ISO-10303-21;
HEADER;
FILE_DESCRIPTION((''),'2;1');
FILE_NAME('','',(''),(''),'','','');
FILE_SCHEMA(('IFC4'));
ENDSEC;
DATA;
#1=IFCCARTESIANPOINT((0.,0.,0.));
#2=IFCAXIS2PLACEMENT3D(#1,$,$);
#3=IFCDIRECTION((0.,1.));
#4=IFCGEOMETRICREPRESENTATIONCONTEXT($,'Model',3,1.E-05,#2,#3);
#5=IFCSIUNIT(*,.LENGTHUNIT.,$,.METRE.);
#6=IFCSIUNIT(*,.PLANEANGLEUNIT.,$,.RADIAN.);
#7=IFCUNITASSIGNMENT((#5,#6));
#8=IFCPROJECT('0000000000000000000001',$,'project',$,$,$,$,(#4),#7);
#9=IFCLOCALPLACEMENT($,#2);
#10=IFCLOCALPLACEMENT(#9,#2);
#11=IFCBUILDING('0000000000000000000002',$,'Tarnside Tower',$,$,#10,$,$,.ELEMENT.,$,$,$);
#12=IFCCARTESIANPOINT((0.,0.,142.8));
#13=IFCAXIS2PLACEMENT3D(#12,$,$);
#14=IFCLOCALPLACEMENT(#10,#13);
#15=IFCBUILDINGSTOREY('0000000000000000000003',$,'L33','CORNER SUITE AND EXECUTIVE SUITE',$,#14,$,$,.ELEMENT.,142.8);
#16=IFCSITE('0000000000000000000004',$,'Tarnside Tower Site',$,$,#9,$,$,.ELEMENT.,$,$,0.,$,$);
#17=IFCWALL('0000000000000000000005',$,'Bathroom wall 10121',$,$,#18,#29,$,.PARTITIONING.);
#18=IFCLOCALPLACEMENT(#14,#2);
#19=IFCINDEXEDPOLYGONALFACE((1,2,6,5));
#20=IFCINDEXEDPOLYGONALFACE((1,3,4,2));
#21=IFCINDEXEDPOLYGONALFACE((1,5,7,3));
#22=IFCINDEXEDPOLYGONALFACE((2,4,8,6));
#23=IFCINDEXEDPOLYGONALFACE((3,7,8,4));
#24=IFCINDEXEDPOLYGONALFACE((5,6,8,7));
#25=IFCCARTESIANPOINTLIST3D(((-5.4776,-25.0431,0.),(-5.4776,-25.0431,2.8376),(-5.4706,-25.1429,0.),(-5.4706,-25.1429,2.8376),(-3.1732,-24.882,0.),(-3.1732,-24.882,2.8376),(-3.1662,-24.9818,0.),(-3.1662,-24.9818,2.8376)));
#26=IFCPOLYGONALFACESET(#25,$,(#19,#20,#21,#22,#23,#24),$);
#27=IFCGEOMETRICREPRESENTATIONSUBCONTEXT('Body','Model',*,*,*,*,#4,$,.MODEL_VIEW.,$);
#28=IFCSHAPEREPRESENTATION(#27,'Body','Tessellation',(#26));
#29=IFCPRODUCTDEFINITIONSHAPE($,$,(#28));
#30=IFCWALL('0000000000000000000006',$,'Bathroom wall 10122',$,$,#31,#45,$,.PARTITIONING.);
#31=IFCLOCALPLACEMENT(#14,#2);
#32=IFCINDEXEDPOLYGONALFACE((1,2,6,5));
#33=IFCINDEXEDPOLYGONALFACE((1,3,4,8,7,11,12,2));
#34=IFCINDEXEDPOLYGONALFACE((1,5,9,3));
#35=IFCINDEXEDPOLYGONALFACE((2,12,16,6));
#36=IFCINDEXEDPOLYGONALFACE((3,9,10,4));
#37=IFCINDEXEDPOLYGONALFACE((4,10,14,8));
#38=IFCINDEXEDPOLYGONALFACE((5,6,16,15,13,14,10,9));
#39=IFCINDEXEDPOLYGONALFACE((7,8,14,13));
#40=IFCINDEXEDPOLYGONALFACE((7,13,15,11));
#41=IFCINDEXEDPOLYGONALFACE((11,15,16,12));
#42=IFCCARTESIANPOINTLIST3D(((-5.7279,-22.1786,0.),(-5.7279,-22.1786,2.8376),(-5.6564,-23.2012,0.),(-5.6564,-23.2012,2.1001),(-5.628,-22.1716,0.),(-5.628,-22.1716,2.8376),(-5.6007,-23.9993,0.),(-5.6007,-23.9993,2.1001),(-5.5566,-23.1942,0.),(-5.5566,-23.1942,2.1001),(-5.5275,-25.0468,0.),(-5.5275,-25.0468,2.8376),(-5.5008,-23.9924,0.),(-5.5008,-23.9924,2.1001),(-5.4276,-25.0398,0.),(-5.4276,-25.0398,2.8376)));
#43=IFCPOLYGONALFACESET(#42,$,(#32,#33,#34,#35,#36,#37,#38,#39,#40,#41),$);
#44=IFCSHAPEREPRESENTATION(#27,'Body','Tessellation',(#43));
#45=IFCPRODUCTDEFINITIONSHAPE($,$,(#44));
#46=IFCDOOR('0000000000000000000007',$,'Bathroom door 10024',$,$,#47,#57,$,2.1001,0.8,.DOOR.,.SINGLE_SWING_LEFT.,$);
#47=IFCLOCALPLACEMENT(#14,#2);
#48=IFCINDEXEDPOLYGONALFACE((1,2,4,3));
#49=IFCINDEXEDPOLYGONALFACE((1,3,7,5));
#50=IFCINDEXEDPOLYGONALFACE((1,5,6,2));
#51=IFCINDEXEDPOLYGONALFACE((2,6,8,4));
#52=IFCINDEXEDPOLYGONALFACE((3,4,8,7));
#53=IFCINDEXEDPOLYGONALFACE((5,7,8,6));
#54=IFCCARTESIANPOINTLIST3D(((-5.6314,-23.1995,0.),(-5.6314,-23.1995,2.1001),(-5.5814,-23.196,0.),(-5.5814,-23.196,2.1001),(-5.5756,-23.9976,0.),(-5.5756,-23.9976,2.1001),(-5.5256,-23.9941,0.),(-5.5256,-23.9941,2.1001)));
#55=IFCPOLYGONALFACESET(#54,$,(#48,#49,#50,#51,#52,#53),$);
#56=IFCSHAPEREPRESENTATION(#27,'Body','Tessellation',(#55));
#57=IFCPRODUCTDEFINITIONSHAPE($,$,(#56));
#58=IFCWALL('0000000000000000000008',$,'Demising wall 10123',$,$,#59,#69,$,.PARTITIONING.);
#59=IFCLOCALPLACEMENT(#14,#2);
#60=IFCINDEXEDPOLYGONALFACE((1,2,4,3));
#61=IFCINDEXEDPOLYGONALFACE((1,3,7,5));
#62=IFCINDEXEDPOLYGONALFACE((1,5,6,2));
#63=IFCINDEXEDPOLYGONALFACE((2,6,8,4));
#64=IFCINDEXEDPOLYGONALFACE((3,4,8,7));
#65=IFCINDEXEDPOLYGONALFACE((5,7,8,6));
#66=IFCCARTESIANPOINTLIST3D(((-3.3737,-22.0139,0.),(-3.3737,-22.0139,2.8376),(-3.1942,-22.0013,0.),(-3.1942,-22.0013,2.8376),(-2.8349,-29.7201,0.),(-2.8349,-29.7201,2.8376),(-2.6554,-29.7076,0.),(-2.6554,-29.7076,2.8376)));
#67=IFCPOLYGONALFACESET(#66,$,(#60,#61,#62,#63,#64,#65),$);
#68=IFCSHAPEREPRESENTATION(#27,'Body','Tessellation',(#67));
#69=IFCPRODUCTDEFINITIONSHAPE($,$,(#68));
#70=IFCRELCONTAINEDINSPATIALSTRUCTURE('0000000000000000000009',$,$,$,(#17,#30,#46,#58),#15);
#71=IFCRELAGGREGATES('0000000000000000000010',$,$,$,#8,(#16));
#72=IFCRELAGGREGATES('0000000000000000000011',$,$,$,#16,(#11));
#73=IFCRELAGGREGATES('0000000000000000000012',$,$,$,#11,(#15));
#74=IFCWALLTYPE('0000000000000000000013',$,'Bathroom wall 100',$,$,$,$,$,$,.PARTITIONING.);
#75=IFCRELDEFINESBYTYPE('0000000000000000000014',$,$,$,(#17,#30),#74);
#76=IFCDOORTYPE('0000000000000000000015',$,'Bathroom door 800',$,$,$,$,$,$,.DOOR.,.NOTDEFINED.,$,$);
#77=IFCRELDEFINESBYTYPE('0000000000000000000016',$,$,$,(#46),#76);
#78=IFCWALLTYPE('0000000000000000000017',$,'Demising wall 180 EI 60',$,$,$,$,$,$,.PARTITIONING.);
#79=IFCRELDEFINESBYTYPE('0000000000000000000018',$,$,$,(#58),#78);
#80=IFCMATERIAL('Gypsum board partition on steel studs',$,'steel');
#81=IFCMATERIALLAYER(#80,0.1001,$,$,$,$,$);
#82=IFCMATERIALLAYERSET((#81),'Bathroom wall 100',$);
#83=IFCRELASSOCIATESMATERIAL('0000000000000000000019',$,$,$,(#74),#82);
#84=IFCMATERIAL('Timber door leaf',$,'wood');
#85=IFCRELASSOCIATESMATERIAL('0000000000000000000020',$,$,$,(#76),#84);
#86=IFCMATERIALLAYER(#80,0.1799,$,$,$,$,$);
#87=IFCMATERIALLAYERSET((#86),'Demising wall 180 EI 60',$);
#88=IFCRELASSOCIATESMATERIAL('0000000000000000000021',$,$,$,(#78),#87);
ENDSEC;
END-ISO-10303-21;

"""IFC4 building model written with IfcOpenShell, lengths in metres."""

from ifc_helpers import new_model, si_unit, direction, frame, frame_2d, origin, place, context, subcontext, project, spatial, rectangle, extrude, material, layer, layer_set, type_object, element, fill, save


model = new_model("IFC4")

# Units and contexts
model_context = context("Model", 3, precision=1e-05, world=origin(), true_north=direction((0.0, 1.0)))
body_context = subcontext(model_context, "Body", "Model", "MODEL_VIEW")
ifc_project = project(units=[si_unit("LENGTHUNIT", "METRE"), si_unit("PLANEANGLEUNIT", "RADIAN")], contexts=[model_context])

# Site, building, storey
site_placement = place(None, origin())
site = spatial("IfcSite", under=ifc_project, at=site_placement, Name="Tarnside Tower Site", CompositionType="ELEMENT", RefElevation=0.0)
building_placement = place(site_placement, origin())
building = spatial("IfcBuilding", under=site, at=building_placement, Name="Tarnside Tower", CompositionType="ELEMENT")
storey_placement = place(building_placement, frame((0.0, 0.0, 142.8)))
storey = spatial("IfcBuildingStorey", under=building, at=storey_placement, Name="L33", Description="CORNER SUITE AND EXECUTIVE SUITE", CompositionType="ELEMENT", Elevation=142.8)

# Wall
ifc_material_1 = material(Name="Gypsum board partition on steel studs", Category="steel")
ifc_layer_1 = layer(ifc_material_1, 0.1001)
ifc_layer_set_1 = layer_set([ifc_layer_1], Name="Bathroom wall 100")
wall_type_1 = type_object("IfcWallType", Name="Bathroom wall 100", PredefinedType="PARTITIONING", material=ifc_layer_set_1)
wall_1_placement = place(storey_placement, frame((-3.1697, -24.9319, 0.0), z_axis=(0.0, 0.0, 1.0), x_axis=(-0.997564, -0.069752, 0.0)))
element("IfcWall", 1, at=wall_1_placement, inside=storey, type_object=wall_type_1, Name="Bathroom wall 10121", PredefinedType="PARTITIONING", context=body_context, shape_type="SweptSolid", body=[
    extrude(rectangle(XDim=2.3101, YDim=0.1001, at=frame_2d((1.155, 0.0))), origin(), (0.0, 0.0, 1.0), 2.8376),
])

# Wall, opening, door
wall_2_placement = place(storey_placement, frame((-5.4775, -25.0432, 0.0), z_axis=(0.0, 0.0, 1.0), x_axis=(-0.069714, 0.997567, 0.0)))
wall_2 = element("IfcWall", 2, at=wall_2_placement, inside=storey, type_object=wall_type_1, Name="Bathroom wall 10122", PredefinedType="PARTITIONING", context=body_context, shape_type="SweptSolid", body=[
    extrude(rectangle(XDim=2.8752, YDim=0.1001, at=frame_2d((1.4375, 0.0))), origin(), (0.0, 0.0, 1.0), 2.8376),
])
opening_1_placement = place(wall_2_placement, frame((1.05, 0.0, 0.0)))
opening_1 = element("IfcOpeningElement", 3, at=opening_1_placement, cuts=wall_2, PredefinedType="OPENING", context=body_context, shape_type="SweptSolid", body=[
    extrude(rectangle(XDim=0.8, YDim=2.1001, at=frame_2d((0.3999, 1.05))), frame((0.0, 0.0601, 0.0), z_axis=(0.0, -1.0, 0.0), x_axis=(1.0, 0.0, 0.0)), (0.0, 0.0, 1.0), 0.1201),
])
ifc_material_2 = material(Name="Timber door leaf", Category="wood")
door_type = type_object("IfcDoorType", Name="Bathroom door 800", OperationType="NOTDEFINED", PredefinedType="DOOR", material=ifc_material_2)
door_placement = place(opening_1_placement, origin())
door = element("IfcDoor", 4, at=door_placement, inside=storey, type_object=door_type, Name="Bathroom door 10024", OperationType="SINGLE_SWING_LEFT", OverallHeight=2.1001, OverallWidth=0.8, PredefinedType="DOOR", context=body_context, shape_type="SweptSolid", body=[
    extrude(rectangle(XDim=0.8, YDim=2.1001, at=frame_2d((0.3999, 1.05))), frame((0.0, 0.0249, 0.0), z_axis=(0.0, -1.0, 0.0), x_axis=(1.0, 0.0, 0.0)), (0.0, 0.0, 1.0), 0.05),
])
fill(opening_1, door)

# Wall
ifc_layer_2 = layer(ifc_material_1, 0.1799)
ifc_layer_set_2 = layer_set([ifc_layer_2], Name="Demising wall 180 EI 60")
wall_type_2 = type_object("IfcWallType", Name="Demising wall 180 EI 60", PredefinedType="PARTITIONING", material=ifc_layer_set_2)
wall_3_placement = place(storey_placement, frame((-2.7451, -29.7139, 0.0), z_axis=(0.0, 0.0, 1.0), x_axis=(-0.069749, 0.997565, 0.0)))
element("IfcWall", 5, at=wall_3_placement, inside=storey, type_object=wall_type_2, Name="Demising wall 10123", PredefinedType="PARTITIONING", context=body_context, shape_type="SweptSolid", body=[
    extrude(rectangle(XDim=7.7251, YDim=0.1799, at=frame_2d((3.8625, 0.0))), origin(), (0.0, 0.0, 1.0), 2.8376),
])

save(model, "model.ifc")
